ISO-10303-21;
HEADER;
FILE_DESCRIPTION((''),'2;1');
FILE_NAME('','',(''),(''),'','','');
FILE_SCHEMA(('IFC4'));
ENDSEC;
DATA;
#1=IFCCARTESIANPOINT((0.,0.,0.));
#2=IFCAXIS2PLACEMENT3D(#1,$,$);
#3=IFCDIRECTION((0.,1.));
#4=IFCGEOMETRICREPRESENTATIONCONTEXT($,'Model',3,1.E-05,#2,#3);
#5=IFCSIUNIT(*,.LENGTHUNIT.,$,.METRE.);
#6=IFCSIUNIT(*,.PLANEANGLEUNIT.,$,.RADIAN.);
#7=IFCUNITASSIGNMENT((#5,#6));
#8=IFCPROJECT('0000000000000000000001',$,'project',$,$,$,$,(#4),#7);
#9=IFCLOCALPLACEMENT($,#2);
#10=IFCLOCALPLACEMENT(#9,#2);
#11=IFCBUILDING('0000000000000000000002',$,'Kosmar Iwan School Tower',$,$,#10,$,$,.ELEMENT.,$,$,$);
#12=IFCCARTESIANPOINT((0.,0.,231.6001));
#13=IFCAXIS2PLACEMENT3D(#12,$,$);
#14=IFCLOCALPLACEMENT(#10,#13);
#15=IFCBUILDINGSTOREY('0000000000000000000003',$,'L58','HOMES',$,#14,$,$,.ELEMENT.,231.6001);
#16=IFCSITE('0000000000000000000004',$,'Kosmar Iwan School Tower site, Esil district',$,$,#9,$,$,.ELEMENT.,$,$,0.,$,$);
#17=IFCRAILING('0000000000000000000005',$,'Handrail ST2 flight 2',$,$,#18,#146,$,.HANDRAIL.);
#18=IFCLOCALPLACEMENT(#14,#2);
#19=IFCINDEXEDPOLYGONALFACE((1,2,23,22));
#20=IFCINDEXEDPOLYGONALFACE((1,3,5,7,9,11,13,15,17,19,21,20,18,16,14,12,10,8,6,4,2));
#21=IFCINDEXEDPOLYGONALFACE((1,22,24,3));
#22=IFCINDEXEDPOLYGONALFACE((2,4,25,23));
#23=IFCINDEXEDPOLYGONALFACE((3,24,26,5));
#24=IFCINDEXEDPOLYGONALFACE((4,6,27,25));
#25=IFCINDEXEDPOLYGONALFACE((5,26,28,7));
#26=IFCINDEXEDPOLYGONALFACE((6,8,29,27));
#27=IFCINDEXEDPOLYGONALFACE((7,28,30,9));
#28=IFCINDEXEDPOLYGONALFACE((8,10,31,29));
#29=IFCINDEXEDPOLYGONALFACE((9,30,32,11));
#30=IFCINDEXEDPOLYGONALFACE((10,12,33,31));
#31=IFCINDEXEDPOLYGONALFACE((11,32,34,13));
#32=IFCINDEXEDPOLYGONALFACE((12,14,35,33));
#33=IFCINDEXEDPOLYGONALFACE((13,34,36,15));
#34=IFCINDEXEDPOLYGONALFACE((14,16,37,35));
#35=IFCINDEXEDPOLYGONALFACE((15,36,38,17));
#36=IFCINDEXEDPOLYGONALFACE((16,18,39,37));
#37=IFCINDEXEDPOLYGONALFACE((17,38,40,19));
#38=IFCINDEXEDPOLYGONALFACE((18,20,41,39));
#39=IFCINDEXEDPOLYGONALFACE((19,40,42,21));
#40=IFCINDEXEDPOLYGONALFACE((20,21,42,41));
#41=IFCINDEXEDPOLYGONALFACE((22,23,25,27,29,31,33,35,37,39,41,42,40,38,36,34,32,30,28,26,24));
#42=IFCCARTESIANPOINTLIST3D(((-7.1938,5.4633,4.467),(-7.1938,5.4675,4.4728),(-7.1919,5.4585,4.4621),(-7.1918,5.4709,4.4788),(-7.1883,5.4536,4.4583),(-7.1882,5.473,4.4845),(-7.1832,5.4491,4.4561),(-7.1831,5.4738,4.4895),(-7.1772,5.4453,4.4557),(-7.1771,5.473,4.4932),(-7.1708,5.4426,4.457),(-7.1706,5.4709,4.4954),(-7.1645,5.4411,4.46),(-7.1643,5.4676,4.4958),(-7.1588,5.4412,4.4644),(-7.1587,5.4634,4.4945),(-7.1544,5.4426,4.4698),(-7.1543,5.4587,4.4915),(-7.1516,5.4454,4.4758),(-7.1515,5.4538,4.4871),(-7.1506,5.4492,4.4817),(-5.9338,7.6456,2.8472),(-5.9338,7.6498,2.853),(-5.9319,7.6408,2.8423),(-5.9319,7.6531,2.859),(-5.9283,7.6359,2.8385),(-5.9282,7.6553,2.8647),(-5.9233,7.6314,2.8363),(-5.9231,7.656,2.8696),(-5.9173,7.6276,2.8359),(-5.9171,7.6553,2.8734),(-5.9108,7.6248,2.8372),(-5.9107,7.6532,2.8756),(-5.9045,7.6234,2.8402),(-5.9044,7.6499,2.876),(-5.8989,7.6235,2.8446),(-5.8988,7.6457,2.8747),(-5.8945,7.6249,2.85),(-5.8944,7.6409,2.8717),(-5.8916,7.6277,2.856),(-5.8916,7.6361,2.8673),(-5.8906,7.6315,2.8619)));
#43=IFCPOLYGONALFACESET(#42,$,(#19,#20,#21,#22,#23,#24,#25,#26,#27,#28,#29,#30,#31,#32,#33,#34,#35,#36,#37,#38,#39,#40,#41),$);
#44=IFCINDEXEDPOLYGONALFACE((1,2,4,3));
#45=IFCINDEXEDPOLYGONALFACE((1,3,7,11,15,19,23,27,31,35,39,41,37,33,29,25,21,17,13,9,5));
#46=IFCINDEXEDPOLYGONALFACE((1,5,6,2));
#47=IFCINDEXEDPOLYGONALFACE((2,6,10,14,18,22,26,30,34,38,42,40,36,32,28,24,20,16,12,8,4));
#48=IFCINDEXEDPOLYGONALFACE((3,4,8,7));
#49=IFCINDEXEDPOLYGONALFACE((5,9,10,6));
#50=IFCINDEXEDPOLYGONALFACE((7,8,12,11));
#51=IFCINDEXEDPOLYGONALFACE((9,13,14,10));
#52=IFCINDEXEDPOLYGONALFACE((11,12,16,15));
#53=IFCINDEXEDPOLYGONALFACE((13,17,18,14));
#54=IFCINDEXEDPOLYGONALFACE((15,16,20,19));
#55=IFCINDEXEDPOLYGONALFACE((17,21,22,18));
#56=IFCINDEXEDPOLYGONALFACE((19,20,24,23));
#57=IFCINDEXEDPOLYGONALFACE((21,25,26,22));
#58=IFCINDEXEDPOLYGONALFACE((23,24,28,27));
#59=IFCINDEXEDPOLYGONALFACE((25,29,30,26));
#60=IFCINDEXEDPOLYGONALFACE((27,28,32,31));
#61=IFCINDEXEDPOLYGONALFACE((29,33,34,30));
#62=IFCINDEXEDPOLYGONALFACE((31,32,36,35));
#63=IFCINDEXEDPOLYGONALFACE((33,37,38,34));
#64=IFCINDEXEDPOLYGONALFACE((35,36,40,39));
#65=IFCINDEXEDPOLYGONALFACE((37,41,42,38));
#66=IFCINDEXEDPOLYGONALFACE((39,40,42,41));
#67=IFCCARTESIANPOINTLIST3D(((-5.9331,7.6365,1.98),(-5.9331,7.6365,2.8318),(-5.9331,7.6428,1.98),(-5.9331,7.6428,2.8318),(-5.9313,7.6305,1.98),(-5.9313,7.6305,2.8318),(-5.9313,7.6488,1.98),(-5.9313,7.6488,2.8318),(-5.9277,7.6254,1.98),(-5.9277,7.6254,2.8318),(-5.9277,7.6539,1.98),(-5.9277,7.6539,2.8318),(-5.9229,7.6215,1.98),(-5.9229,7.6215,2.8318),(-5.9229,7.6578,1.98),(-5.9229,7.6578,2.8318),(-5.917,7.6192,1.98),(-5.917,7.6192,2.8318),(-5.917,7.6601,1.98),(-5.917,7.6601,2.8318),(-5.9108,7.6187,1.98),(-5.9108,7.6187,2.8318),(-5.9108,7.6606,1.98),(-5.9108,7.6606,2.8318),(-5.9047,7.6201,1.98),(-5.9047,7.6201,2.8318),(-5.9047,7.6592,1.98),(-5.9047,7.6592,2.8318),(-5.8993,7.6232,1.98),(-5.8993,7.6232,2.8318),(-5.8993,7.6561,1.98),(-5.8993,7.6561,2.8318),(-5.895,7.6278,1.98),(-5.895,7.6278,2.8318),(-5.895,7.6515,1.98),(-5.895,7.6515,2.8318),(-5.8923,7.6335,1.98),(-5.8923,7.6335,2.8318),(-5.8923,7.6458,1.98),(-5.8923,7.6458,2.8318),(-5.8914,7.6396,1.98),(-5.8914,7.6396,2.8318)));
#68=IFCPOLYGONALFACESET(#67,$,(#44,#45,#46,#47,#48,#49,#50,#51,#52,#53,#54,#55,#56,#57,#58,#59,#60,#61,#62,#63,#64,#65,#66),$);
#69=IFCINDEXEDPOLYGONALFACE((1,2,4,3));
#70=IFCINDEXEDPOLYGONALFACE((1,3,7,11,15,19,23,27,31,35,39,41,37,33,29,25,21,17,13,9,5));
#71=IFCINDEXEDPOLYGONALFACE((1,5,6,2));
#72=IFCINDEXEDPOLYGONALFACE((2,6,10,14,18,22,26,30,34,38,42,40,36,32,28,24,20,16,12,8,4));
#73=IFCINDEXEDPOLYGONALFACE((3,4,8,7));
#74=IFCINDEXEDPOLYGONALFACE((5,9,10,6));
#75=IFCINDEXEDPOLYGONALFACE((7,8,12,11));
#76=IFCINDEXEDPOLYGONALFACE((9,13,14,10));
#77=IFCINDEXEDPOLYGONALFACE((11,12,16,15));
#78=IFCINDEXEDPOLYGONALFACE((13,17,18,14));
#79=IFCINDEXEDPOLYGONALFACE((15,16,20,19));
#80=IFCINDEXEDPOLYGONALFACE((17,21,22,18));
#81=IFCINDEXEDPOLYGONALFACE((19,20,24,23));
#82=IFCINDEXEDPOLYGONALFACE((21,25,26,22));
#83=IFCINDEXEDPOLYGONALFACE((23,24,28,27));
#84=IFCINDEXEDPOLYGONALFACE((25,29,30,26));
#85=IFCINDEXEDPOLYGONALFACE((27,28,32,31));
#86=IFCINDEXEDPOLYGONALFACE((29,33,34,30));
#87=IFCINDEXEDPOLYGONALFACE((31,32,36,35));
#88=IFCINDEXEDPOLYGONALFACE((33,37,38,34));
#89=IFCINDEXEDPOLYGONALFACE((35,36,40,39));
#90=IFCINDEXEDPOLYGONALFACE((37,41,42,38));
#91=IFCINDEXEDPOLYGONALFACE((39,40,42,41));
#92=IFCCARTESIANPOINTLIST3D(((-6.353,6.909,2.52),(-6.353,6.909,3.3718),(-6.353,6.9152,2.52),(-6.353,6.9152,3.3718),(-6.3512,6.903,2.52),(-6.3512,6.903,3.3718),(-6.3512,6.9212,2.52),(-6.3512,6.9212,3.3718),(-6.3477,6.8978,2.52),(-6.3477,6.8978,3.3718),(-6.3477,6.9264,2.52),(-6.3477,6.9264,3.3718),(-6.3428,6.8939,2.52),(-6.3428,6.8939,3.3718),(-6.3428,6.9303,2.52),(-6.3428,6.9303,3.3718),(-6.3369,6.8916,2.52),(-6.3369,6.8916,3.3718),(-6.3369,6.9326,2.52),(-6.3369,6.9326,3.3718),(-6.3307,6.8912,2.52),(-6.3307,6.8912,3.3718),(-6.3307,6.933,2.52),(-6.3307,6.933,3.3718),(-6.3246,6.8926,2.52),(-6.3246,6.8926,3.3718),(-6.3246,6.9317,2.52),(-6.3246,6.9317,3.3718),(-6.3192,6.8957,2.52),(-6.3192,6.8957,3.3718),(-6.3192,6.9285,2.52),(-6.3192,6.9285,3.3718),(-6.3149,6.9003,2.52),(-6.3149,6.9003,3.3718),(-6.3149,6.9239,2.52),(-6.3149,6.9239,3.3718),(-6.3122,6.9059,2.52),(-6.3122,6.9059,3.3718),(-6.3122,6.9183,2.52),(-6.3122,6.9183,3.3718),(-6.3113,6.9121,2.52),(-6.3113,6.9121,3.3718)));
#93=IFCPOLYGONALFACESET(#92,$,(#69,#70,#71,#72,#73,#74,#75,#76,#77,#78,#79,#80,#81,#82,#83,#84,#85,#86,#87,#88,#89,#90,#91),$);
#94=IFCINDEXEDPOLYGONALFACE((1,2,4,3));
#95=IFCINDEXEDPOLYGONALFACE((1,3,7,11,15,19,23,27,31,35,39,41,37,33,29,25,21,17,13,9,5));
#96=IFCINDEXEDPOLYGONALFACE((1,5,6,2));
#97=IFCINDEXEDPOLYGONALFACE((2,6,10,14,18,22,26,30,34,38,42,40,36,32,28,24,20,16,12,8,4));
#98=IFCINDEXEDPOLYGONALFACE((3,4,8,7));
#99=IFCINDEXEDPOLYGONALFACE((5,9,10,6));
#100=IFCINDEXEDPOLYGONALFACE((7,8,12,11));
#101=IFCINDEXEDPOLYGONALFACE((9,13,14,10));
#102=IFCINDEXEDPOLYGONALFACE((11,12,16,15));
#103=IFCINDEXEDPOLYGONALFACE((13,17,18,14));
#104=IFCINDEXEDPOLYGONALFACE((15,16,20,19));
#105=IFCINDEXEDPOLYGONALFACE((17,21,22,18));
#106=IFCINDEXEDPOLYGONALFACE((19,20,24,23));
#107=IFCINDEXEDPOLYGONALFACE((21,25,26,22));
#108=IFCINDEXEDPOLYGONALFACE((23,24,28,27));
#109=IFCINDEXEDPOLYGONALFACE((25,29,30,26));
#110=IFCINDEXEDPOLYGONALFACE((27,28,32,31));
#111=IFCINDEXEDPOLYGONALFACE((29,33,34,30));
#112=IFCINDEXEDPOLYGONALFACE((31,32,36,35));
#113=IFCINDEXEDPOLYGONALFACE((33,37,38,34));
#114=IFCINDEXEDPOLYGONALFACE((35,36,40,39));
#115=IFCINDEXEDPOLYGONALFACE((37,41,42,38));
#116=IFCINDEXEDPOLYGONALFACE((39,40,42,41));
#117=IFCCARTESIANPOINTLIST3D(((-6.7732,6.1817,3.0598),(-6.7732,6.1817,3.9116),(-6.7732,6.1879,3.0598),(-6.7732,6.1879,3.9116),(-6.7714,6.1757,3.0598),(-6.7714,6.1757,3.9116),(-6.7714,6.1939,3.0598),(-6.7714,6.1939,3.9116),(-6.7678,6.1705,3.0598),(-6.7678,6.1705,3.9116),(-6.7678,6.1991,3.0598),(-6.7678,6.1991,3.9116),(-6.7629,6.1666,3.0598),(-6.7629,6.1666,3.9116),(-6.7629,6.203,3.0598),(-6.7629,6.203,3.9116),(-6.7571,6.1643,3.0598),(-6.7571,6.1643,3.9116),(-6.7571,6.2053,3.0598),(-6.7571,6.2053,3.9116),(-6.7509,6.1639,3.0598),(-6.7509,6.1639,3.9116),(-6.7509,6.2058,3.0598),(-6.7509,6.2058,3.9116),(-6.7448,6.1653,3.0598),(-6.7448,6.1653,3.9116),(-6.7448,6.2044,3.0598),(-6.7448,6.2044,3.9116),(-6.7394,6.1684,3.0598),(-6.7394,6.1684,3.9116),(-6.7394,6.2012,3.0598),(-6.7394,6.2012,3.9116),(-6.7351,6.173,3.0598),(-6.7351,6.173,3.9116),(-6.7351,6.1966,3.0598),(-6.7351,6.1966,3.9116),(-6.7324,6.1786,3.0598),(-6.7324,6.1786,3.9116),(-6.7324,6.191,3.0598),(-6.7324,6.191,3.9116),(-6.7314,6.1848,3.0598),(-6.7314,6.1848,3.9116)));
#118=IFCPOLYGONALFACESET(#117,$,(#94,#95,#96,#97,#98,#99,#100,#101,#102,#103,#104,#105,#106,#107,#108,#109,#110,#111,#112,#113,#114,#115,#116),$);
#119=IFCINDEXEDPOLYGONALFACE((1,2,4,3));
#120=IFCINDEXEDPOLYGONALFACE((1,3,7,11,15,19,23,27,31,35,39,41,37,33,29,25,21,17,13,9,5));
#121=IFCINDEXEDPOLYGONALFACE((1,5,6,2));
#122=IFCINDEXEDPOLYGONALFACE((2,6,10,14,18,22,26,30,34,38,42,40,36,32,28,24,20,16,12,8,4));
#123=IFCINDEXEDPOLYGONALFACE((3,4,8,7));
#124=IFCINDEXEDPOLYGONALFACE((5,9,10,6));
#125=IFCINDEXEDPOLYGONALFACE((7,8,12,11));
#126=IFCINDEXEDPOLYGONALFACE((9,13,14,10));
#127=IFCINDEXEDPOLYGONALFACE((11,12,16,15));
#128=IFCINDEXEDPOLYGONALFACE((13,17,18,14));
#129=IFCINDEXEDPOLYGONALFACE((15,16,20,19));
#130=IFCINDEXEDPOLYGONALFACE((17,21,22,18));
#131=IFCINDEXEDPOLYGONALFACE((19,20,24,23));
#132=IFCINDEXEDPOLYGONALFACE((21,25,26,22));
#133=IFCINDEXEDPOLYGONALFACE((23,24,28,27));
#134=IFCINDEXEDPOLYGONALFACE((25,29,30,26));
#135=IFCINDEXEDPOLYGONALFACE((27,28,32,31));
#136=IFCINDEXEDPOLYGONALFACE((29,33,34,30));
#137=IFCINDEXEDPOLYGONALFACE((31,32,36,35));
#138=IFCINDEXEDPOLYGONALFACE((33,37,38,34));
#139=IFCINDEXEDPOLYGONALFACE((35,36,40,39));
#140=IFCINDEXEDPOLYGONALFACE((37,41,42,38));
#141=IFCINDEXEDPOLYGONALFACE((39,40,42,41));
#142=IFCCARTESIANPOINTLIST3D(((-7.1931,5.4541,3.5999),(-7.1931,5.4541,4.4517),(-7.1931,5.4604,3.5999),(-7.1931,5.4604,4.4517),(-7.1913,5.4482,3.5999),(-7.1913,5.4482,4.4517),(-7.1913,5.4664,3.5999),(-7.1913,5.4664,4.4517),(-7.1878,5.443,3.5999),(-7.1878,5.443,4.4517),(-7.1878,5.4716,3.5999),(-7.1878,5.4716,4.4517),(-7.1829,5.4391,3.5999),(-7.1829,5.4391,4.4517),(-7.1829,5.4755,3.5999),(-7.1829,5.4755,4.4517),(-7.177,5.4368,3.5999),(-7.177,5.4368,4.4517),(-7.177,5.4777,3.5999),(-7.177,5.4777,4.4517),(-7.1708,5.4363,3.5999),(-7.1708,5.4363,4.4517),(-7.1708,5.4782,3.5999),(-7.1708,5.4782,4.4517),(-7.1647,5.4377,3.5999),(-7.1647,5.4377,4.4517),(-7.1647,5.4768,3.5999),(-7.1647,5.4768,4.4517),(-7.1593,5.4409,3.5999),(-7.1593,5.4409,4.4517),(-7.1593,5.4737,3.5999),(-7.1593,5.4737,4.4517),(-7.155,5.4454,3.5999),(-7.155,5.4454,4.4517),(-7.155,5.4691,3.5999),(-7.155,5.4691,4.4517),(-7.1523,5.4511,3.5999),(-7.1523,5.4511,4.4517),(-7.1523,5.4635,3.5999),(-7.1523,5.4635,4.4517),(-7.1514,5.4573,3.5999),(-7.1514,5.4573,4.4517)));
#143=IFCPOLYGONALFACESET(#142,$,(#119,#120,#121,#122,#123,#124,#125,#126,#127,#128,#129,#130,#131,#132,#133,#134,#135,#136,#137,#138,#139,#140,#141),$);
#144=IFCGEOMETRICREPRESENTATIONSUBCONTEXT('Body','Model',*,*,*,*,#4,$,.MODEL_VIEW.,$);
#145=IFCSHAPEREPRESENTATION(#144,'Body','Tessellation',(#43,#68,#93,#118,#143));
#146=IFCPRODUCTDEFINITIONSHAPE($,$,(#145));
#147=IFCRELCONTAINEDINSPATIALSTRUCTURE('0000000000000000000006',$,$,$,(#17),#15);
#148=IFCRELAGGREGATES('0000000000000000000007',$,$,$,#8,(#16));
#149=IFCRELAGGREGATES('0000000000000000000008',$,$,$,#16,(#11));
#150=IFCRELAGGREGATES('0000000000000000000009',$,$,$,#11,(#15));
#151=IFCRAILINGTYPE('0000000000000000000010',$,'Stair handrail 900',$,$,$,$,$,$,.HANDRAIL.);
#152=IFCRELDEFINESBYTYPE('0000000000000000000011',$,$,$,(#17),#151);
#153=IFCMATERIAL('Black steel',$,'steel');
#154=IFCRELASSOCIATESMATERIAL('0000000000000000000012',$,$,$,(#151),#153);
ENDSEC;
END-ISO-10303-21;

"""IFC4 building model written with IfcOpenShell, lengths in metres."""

from ifc_helpers import new_model, si_unit, direction, frame, origin, origin_2d, place, context, subcontext, project, spatial, circle, extrude, material, type_object, element, save


model = new_model("IFC4")

# Units and contexts
model_context = context("Model", 3, precision=1e-05, world=origin(), true_north=direction((0.0, 1.0)))
body_context = subcontext(model_context, "Body", "Model", "MODEL_VIEW")
ifc_project = project(units=[si_unit("LENGTHUNIT", "METRE"), si_unit("PLANEANGLEUNIT", "RADIAN")], contexts=[model_context])

# Site, building, storey
site_placement = place(None, origin())
site = spatial("IfcSite", under=ifc_project, at=site_placement, Name="Kosmar Iwan School Tower site, Esil district", CompositionType="ELEMENT", RefElevation=0.0)
building_placement = place(site_placement, origin())
building = spatial("IfcBuilding", under=site, at=building_placement, Name="Kosmar Iwan School Tower", CompositionType="ELEMENT")
storey_placement = place(building_placement, frame((0.0, 0.0, 231.6001)))
storey = spatial("IfcBuildingStorey", under=building, at=storey_placement, Name="L58", Description="HOMES", CompositionType="ELEMENT", Elevation=231.6001)

# Railing
ifc_material_1 = material(Name="Black steel", Category="steel")
railing_type = type_object("IfcRailingType", Name="Stair handrail 900", PredefinedType="HANDRAIL", material=ifc_material_1)
railing_1_placement = place(storey_placement, frame((-5.9124, 7.6396, 1.98)))
element("IfcRailing", 1, at=railing_1_placement, inside=storey, type_object=railing_type, Name="Handrail ST2 flight 2", PredefinedType="HANDRAIL", context=body_context, shape_type="SweptSolid", body=[
    extrude(circle(Radius=0.0239, at=origin_2d()), frame((0.0, 0.0, 0.876), z_axis=(-0.420603, -0.728496, 0.540728), x_axis=(0.866023, -0.500005, 0.0)), (0.0, 0.0, 1.0), 2.9956),
    extrude(circle(Radius=0.021, at=origin_2d()), origin(), (0.0, 0.0, 1.0), 0.8518),
    extrude(circle(Radius=0.021, at=origin_2d()), frame((-0.4199, -0.7275, 0.54)), (0.0, 0.0, 1.0), 0.8518),
    extrude(circle(Radius=0.021, at=origin_2d()), frame((-0.8401, -1.4548, 1.0798)), (0.0, 0.0, 1.0), 0.8518),
    extrude(circle(Radius=0.021, at=origin_2d()), frame((-1.26, -2.1824, 1.6199)), (0.0, 0.0, 1.0), 0.8518),
])

save(model, "model.ifc")
